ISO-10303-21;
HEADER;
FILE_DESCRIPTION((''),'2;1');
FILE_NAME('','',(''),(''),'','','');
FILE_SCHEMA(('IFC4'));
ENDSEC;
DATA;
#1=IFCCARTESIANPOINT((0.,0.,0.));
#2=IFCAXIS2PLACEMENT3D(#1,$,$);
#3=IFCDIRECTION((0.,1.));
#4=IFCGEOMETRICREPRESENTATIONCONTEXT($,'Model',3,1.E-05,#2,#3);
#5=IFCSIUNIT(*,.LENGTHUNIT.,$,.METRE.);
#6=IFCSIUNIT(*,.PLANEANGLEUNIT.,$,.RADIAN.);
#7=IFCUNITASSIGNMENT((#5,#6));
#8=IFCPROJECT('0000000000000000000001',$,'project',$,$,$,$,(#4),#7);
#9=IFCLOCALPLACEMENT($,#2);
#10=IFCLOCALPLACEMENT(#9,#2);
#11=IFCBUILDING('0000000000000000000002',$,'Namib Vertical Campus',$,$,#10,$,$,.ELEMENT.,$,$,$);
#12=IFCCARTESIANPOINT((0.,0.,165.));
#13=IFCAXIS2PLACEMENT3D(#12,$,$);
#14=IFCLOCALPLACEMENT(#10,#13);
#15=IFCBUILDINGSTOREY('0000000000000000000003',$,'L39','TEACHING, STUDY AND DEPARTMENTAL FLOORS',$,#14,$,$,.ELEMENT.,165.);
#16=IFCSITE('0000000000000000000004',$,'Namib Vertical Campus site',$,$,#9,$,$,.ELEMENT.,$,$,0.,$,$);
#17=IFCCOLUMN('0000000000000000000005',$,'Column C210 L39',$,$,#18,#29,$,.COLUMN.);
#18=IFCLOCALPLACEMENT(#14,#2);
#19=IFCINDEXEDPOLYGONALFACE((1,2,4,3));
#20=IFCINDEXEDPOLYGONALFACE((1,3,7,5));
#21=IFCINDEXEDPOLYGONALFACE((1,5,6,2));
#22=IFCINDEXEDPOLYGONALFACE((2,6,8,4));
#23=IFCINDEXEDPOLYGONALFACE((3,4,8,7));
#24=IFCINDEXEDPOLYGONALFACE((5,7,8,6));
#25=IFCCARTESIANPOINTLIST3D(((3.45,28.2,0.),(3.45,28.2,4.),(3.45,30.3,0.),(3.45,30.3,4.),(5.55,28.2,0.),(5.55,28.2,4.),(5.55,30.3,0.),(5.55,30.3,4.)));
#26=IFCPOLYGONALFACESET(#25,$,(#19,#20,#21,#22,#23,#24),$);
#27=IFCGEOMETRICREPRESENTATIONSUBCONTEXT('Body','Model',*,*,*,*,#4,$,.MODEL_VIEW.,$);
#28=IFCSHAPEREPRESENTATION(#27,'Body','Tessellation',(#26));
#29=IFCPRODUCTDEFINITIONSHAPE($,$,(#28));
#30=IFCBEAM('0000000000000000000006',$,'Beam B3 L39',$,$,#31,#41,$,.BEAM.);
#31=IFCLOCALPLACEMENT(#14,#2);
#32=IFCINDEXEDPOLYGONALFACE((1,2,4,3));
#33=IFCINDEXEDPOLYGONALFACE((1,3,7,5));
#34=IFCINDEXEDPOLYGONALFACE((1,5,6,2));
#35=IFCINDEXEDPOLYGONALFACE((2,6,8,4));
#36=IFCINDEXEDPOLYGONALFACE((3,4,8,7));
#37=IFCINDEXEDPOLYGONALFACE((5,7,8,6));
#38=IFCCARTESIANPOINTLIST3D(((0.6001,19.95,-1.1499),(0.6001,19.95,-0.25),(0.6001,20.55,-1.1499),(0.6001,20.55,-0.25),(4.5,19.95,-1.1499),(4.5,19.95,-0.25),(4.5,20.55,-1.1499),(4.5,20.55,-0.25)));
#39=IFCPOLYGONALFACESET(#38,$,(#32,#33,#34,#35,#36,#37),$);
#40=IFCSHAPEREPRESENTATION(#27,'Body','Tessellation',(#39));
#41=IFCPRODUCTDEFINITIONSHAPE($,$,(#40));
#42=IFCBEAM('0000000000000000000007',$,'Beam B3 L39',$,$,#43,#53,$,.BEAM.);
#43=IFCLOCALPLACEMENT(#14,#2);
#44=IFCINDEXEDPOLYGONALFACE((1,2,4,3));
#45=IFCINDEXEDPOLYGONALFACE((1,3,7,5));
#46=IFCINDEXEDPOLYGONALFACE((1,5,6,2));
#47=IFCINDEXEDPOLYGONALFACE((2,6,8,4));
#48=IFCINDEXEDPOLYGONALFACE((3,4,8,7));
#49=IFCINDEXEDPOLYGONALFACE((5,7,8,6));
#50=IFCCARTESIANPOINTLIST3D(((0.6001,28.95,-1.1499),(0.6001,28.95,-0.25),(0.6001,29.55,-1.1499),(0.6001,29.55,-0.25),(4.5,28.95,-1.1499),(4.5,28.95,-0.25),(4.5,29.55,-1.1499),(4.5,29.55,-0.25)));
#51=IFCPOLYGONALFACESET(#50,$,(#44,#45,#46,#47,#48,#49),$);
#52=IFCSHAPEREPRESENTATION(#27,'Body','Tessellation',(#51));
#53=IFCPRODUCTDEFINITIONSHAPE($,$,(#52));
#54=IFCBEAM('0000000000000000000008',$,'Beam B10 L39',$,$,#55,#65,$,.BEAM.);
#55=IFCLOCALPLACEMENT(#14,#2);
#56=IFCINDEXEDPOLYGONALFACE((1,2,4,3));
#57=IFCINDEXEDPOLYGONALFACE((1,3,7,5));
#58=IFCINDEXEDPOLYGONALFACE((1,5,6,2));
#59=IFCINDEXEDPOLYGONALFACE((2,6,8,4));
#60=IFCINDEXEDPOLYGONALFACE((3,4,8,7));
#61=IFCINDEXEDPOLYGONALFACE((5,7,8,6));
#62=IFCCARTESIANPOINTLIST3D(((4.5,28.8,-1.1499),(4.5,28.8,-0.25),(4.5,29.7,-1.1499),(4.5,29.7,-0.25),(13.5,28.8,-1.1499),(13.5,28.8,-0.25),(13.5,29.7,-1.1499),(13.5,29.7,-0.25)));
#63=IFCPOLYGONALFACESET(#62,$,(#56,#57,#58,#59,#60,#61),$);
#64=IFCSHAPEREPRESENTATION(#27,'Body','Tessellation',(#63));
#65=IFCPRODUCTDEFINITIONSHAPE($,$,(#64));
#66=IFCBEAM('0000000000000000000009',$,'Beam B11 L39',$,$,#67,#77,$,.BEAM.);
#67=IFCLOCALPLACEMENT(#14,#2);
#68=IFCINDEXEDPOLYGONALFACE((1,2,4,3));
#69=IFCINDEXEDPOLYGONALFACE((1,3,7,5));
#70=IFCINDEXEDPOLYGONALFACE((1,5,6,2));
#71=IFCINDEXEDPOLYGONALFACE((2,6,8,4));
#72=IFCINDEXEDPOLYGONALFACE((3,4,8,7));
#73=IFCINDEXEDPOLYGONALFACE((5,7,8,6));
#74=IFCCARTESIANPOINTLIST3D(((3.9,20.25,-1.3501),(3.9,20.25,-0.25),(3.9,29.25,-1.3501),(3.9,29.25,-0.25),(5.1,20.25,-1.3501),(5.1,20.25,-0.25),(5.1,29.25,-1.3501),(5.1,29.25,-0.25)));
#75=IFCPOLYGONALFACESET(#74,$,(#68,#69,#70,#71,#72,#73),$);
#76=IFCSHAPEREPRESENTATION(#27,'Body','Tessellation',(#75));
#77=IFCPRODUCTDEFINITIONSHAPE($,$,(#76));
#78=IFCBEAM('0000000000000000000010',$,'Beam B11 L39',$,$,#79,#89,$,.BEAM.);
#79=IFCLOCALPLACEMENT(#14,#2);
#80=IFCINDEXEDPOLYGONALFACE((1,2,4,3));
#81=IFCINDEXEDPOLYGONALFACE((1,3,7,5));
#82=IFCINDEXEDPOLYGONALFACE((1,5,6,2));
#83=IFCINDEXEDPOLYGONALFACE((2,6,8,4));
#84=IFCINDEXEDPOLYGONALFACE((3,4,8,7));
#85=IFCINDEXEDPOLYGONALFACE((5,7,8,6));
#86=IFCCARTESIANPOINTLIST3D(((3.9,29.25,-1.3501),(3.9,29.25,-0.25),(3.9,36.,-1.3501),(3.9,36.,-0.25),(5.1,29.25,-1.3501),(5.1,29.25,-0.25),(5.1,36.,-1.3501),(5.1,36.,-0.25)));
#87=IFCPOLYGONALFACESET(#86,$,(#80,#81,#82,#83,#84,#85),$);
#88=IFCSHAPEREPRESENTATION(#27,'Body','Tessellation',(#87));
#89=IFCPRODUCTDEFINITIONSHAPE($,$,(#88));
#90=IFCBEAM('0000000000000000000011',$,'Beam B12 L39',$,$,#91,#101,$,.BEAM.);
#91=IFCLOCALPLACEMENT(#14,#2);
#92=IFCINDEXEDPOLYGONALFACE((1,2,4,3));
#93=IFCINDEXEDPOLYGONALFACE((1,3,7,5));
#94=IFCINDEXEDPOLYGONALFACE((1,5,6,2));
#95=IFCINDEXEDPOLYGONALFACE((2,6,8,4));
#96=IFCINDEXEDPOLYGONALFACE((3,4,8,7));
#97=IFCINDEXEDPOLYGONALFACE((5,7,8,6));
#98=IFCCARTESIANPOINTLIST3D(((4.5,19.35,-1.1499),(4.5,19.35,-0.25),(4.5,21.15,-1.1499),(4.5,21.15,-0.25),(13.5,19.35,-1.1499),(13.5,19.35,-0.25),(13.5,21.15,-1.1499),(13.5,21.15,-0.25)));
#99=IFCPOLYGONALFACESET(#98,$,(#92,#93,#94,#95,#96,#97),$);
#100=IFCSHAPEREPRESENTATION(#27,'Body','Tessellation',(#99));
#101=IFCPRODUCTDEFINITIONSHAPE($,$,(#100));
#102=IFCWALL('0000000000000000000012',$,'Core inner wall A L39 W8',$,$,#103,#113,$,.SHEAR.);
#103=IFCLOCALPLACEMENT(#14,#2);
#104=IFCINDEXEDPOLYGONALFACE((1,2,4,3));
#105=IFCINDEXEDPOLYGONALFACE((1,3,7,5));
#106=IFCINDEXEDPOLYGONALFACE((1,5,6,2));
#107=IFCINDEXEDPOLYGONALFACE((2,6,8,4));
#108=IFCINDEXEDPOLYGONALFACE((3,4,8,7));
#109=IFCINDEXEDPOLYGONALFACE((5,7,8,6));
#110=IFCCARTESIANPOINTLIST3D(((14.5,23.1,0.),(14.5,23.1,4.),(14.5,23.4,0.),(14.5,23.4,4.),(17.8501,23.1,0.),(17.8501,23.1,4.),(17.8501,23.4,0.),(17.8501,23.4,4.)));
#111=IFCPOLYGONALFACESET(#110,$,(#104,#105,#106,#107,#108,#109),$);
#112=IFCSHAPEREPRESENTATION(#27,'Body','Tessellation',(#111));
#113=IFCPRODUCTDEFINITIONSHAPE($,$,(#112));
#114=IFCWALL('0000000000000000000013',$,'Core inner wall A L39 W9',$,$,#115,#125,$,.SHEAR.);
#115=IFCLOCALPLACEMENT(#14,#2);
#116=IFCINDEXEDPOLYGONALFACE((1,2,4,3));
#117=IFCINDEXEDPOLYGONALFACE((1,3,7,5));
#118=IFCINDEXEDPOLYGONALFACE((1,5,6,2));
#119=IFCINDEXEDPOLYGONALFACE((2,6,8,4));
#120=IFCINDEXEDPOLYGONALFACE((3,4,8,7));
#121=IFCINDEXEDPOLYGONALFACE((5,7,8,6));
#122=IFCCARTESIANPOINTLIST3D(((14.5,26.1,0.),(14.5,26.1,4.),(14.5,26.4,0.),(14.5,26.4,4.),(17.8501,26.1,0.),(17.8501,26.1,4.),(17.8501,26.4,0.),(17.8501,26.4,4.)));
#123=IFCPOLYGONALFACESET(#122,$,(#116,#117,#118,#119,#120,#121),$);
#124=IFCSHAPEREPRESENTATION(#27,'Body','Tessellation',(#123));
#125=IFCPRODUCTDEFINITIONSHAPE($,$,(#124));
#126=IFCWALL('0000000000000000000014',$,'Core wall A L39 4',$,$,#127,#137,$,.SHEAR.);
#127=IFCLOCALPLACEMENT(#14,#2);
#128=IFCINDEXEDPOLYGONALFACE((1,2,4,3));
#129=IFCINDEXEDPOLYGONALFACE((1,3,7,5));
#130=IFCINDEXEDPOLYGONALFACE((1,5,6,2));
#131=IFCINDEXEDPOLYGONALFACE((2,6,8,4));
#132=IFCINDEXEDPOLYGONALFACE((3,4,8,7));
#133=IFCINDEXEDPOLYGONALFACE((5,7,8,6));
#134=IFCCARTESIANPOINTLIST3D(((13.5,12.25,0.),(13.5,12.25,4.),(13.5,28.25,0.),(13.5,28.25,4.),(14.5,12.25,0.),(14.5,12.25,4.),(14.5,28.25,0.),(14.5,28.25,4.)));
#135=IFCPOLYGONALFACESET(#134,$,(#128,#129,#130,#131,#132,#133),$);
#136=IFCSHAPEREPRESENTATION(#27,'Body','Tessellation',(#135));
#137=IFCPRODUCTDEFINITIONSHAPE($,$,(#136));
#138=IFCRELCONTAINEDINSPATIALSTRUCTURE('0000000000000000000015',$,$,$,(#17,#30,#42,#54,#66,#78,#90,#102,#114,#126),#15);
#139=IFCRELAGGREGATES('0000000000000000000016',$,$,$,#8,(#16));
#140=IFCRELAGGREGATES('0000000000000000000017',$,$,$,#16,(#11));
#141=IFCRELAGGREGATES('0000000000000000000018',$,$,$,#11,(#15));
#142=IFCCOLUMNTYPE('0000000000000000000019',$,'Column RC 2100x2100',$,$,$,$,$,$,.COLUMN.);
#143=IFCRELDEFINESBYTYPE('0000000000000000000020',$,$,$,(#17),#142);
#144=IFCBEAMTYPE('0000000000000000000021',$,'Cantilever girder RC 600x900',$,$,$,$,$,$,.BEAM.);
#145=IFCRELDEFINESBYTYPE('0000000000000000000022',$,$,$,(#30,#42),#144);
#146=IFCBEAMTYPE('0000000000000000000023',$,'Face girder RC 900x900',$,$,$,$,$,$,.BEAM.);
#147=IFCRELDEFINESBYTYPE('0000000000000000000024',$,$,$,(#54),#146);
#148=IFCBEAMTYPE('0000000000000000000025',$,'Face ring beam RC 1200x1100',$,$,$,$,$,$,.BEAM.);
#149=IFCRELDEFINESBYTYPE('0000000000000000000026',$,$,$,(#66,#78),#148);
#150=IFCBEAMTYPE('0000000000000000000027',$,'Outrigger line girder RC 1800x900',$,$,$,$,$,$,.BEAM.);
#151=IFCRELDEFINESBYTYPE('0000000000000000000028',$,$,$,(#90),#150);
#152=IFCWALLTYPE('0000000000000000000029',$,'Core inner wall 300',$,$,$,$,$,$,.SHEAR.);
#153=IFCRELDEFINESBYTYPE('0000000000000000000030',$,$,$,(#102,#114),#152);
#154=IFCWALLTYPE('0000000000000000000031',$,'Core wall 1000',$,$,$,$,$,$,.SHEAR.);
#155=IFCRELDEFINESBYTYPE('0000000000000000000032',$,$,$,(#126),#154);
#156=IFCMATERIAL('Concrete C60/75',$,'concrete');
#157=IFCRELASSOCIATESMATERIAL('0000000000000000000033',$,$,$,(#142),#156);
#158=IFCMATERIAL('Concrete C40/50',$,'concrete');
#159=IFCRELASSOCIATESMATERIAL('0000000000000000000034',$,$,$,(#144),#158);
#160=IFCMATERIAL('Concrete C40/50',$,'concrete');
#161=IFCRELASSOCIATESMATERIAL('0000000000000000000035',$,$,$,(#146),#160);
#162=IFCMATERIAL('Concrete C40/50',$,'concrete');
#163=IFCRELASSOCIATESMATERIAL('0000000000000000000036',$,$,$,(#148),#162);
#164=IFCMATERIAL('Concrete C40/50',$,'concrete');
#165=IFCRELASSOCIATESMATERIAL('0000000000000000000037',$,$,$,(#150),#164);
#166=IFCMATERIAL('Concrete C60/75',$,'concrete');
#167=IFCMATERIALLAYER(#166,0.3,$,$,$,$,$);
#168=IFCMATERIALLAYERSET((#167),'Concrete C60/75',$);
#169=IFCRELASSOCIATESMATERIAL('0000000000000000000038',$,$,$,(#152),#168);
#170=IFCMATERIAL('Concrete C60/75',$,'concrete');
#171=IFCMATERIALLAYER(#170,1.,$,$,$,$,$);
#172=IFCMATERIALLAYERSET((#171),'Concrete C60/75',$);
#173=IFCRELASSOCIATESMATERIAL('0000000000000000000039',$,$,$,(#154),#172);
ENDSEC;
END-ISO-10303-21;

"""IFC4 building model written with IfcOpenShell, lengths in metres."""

from ifc_helpers import new_model, si_unit, direction, frame, frame_2d, origin, origin_2d, place, context, subcontext, project, spatial, rectangle, extrude, material, layer, layer_set, material_profile, profile_set, type_object, element, save


model = new_model("IFC4")

# Units and contexts
model_context = context("Model", 3, precision=1e-05, world=origin(), true_north=direction((0.0, 1.0)))
body_context = subcontext(model_context, "Body", "Model", "MODEL_VIEW")
ifc_project = project(units=[si_unit("LENGTHUNIT", "METRE"), si_unit("PLANEANGLEUNIT", "RADIAN")], contexts=[model_context])

# Site, building, storey
site_placement = place(None, origin())
site = spatial("IfcSite", under=ifc_project, at=site_placement, Name="Namib Vertical Campus site", CompositionType="ELEMENT", RefElevation=0.0)
building_placement = place(site_placement, origin())
building = spatial("IfcBuilding", under=site, at=building_placement, Name="Namib Vertical Campus", CompositionType="ELEMENT")
storey_placement = place(building_placement, frame((0.0, 0.0, 165.0)))
storey = spatial("IfcBuildingStorey", under=building, at=storey_placement, Name="L39", Description="TEACHING, STUDY AND DEPARTMENTAL FLOORS", CompositionType="ELEMENT", Elevation=165.0)

# Column
ifc_material_1 = material(Name="Concrete C60/75", Category="concrete")
ifc_material_profile_1 = material_profile(ifc_material_1, rectangle(XDim=2.1001, YDim=2.1001, at=origin_2d()))
ifc_profile_set_1 = profile_set([ifc_material_profile_1], Name="Concrete C60/75")
column_type = type_object("IfcColumnType", Name="Column RC 2100x2100", PredefinedType="COLUMN", material=ifc_profile_set_1)
column_placement = place(storey_placement, frame((4.5, 29.25, 0.0), z_axis=(0.0, 0.0, 1.0), x_axis=(1.0, 0.0, 0.0)))
element("IfcColumn", 1, at=column_placement, inside=storey, type_object=column_type, Name="Column C210 L39", PredefinedType="COLUMN", context=body_context, shape_type="SweptSolid", body=[
    extrude(rectangle(XDim=2.1001, YDim=2.1001, at=origin_2d()), origin(), (0.0, 0.0, 1.0), 4.0),
])

# Beams
ifc_material_2 = material(Name="Concrete C40/50", Category="concrete")
ifc_material_profile_2 = material_profile(ifc_material_2, rectangle(XDim=0.6001, YDim=0.8999, at=origin_2d()))
ifc_profile_set_2 = profile_set([ifc_material_profile_2], Name="Concrete C40/50")
beam_type_1 = type_object("IfcBeamType", Name="Cantilever girder RC 600x900", PredefinedType="BEAM", material=ifc_profile_set_2)
for number, where, z_axis, x_axis, name in (
    (2, (4.5, 20.25, -0.7), (-1.0, 0.0, 0.0), (0.0, -1.0, 0.0), "Beam B3 L39"),
    (3, (4.5, 29.25, -0.7), (-1.0, 0.0, 0.0), (0.0, -1.0, 0.0), "Beam B3 L39"),
):
    element("IfcBeam", number, at=place(storey_placement, frame(where, z_axis=z_axis, x_axis=x_axis)), inside=storey, type_object=beam_type_1, Name=name, PredefinedType="BEAM", context=body_context, shape_type="SweptSolid", body=[
        extrude(rectangle(XDim=0.6001, YDim=0.8999, at=origin_2d()), origin(), (0.0, 0.0, 1.0), 3.8999),
    ])
ifc_material_3 = material(Name="Concrete C40/50", Category="concrete")
ifc_material_profile_3 = material_profile(ifc_material_3, rectangle(XDim=0.8999, YDim=0.8999, at=origin_2d()))
ifc_profile_set_3 = profile_set([ifc_material_profile_3], Name="Concrete C40/50")
beam_type_2 = type_object("IfcBeamType", Name="Face girder RC 900x900", PredefinedType="BEAM", material=ifc_profile_set_3)
beam_1_placement = place(storey_placement, frame((4.5, 29.25, -0.7), z_axis=(1.0, 0.0, 0.0), x_axis=(0.0, 1.0, 0.0)))
element("IfcBeam", 4, at=beam_1_placement, inside=storey, type_object=beam_type_2, Name="Beam B10 L39", PredefinedType="BEAM", context=body_context, shape_type="SweptSolid", body=[
    extrude(rectangle(XDim=0.8999, YDim=0.8999, at=origin_2d()), origin(), (0.0, 0.0, 1.0), 9.0),
])
ifc_material_4 = material(Name="Concrete C40/50", Category="concrete")
ifc_material_profile_4 = material_profile(ifc_material_4, rectangle(XDim=1.2, YDim=1.1001, at=origin_2d()))
ifc_profile_set_4 = profile_set([ifc_material_profile_4], Name="Concrete C40/50")
beam_type_3 = type_object("IfcBeamType", Name="Face ring beam RC 1200x1100", PredefinedType="BEAM", material=ifc_profile_set_4)
beam_2_placement = place(storey_placement, frame((4.5, 20.25, -0.8), z_axis=(0.0, 1.0, 0.0), x_axis=(-1.0, 0.0, 0.0)))
element("IfcBeam", 5, at=beam_2_placement, inside=storey, type_object=beam_type_3, Name="Beam B11 L39", PredefinedType="BEAM", context=body_context, shape_type="SweptSolid", body=[
    extrude(rectangle(XDim=1.2, YDim=1.1001, at=origin_2d()), origin(), (0.0, 0.0, 1.0), 9.0),
])
beam_3_placement = place(storey_placement, frame((4.5, 29.25, -0.8), z_axis=(0.0, 1.0, 0.0), x_axis=(-1.0, 0.0, 0.0)))
element("IfcBeam", 6, at=beam_3_placement, inside=storey, type_object=beam_type_3, Name="Beam B11 L39", PredefinedType="BEAM", context=body_context, shape_type="SweptSolid", body=[
    extrude(rectangle(XDim=1.2, YDim=1.1001, at=origin_2d()), origin(), (0.0, 0.0, 1.0), 6.75),
])
ifc_material_5 = material(Name="Concrete C40/50", Category="concrete")
ifc_material_profile_5 = material_profile(ifc_material_5, rectangle(XDim=1.8, YDim=0.8999, at=origin_2d()))
ifc_profile_set_5 = profile_set([ifc_material_profile_5], Name="Concrete C40/50")
beam_type_4 = type_object("IfcBeamType", Name="Outrigger line girder RC 1800x900", PredefinedType="BEAM", material=ifc_profile_set_5)
beam_4_placement = place(storey_placement, frame((4.5, 20.25, -0.7), z_axis=(1.0, 0.0, 0.0), x_axis=(0.0, 1.0, 0.0)))
element("IfcBeam", 7, at=beam_4_placement, inside=storey, type_object=beam_type_4, Name="Beam B12 L39", PredefinedType="BEAM", context=body_context, shape_type="SweptSolid", body=[
    extrude(rectangle(XDim=1.8, YDim=0.8999, at=origin_2d()), origin(), (0.0, 0.0, 1.0), 9.0),
])

# Walls
ifc_material_6 = material(Name="Concrete C60/75", Category="concrete")
ifc_layer_1 = layer(ifc_material_6, 0.3)
ifc_layer_set_1 = layer_set([ifc_layer_1], Name="Concrete C60/75")
wall_type_1 = type_object("IfcWallType", Name="Core inner wall 300", PredefinedType="SHEAR", material=ifc_layer_set_1)
for number, where, z_axis, x_axis, name in (
    (8, (14.5, 23.25, 0.0), (0.0, 0.0, 1.0), (1.0, 0.0, 0.0), "Core inner wall A L39 W8"),
    (9, (14.5, 26.25, 0.0), (0.0, 0.0, 1.0), (1.0, 0.0, 0.0), "Core inner wall A L39 W9"),
):
    element("IfcWall", number, at=place(storey_placement, frame(where, z_axis=z_axis, x_axis=x_axis)), inside=storey, type_object=wall_type_1, Name=name, PredefinedType="SHEAR", context=body_context, shape_type="SweptSolid", body=[
        extrude(rectangle(XDim=3.3501, YDim=0.3, at=frame_2d((1.675, 0.0))), origin(), (0.0, 0.0, 1.0), 4.0),
    ])
ifc_material_7 = material(Name="Concrete C60/75", Category="concrete")
ifc_layer_2 = layer(ifc_material_7, 1.0)
ifc_layer_set_2 = layer_set([ifc_layer_2], Name="Concrete C60/75")
wall_type_2 = type_object("IfcWallType", Name="Core wall 1000", PredefinedType="SHEAR", material=ifc_layer_set_2)
wall_1_placement = place(storey_placement, frame((14.0, 28.25, 0.0), z_axis=(0.0, 0.0, 1.0), x_axis=(0.0, -1.0, 0.0)))
element("IfcWall", 10, at=wall_1_placement, inside=storey, type_object=wall_type_2, Name="Core wall A L39 4", PredefinedType="SHEAR", context=body_context, shape_type="SweptSolid", body=[
    extrude(rectangle(XDim=16.0, YDim=1.0, at=frame_2d((8.0, 0.0))), origin(), (0.0, 0.0, 1.0), 4.0),
])

save(model, "model.ifc")
